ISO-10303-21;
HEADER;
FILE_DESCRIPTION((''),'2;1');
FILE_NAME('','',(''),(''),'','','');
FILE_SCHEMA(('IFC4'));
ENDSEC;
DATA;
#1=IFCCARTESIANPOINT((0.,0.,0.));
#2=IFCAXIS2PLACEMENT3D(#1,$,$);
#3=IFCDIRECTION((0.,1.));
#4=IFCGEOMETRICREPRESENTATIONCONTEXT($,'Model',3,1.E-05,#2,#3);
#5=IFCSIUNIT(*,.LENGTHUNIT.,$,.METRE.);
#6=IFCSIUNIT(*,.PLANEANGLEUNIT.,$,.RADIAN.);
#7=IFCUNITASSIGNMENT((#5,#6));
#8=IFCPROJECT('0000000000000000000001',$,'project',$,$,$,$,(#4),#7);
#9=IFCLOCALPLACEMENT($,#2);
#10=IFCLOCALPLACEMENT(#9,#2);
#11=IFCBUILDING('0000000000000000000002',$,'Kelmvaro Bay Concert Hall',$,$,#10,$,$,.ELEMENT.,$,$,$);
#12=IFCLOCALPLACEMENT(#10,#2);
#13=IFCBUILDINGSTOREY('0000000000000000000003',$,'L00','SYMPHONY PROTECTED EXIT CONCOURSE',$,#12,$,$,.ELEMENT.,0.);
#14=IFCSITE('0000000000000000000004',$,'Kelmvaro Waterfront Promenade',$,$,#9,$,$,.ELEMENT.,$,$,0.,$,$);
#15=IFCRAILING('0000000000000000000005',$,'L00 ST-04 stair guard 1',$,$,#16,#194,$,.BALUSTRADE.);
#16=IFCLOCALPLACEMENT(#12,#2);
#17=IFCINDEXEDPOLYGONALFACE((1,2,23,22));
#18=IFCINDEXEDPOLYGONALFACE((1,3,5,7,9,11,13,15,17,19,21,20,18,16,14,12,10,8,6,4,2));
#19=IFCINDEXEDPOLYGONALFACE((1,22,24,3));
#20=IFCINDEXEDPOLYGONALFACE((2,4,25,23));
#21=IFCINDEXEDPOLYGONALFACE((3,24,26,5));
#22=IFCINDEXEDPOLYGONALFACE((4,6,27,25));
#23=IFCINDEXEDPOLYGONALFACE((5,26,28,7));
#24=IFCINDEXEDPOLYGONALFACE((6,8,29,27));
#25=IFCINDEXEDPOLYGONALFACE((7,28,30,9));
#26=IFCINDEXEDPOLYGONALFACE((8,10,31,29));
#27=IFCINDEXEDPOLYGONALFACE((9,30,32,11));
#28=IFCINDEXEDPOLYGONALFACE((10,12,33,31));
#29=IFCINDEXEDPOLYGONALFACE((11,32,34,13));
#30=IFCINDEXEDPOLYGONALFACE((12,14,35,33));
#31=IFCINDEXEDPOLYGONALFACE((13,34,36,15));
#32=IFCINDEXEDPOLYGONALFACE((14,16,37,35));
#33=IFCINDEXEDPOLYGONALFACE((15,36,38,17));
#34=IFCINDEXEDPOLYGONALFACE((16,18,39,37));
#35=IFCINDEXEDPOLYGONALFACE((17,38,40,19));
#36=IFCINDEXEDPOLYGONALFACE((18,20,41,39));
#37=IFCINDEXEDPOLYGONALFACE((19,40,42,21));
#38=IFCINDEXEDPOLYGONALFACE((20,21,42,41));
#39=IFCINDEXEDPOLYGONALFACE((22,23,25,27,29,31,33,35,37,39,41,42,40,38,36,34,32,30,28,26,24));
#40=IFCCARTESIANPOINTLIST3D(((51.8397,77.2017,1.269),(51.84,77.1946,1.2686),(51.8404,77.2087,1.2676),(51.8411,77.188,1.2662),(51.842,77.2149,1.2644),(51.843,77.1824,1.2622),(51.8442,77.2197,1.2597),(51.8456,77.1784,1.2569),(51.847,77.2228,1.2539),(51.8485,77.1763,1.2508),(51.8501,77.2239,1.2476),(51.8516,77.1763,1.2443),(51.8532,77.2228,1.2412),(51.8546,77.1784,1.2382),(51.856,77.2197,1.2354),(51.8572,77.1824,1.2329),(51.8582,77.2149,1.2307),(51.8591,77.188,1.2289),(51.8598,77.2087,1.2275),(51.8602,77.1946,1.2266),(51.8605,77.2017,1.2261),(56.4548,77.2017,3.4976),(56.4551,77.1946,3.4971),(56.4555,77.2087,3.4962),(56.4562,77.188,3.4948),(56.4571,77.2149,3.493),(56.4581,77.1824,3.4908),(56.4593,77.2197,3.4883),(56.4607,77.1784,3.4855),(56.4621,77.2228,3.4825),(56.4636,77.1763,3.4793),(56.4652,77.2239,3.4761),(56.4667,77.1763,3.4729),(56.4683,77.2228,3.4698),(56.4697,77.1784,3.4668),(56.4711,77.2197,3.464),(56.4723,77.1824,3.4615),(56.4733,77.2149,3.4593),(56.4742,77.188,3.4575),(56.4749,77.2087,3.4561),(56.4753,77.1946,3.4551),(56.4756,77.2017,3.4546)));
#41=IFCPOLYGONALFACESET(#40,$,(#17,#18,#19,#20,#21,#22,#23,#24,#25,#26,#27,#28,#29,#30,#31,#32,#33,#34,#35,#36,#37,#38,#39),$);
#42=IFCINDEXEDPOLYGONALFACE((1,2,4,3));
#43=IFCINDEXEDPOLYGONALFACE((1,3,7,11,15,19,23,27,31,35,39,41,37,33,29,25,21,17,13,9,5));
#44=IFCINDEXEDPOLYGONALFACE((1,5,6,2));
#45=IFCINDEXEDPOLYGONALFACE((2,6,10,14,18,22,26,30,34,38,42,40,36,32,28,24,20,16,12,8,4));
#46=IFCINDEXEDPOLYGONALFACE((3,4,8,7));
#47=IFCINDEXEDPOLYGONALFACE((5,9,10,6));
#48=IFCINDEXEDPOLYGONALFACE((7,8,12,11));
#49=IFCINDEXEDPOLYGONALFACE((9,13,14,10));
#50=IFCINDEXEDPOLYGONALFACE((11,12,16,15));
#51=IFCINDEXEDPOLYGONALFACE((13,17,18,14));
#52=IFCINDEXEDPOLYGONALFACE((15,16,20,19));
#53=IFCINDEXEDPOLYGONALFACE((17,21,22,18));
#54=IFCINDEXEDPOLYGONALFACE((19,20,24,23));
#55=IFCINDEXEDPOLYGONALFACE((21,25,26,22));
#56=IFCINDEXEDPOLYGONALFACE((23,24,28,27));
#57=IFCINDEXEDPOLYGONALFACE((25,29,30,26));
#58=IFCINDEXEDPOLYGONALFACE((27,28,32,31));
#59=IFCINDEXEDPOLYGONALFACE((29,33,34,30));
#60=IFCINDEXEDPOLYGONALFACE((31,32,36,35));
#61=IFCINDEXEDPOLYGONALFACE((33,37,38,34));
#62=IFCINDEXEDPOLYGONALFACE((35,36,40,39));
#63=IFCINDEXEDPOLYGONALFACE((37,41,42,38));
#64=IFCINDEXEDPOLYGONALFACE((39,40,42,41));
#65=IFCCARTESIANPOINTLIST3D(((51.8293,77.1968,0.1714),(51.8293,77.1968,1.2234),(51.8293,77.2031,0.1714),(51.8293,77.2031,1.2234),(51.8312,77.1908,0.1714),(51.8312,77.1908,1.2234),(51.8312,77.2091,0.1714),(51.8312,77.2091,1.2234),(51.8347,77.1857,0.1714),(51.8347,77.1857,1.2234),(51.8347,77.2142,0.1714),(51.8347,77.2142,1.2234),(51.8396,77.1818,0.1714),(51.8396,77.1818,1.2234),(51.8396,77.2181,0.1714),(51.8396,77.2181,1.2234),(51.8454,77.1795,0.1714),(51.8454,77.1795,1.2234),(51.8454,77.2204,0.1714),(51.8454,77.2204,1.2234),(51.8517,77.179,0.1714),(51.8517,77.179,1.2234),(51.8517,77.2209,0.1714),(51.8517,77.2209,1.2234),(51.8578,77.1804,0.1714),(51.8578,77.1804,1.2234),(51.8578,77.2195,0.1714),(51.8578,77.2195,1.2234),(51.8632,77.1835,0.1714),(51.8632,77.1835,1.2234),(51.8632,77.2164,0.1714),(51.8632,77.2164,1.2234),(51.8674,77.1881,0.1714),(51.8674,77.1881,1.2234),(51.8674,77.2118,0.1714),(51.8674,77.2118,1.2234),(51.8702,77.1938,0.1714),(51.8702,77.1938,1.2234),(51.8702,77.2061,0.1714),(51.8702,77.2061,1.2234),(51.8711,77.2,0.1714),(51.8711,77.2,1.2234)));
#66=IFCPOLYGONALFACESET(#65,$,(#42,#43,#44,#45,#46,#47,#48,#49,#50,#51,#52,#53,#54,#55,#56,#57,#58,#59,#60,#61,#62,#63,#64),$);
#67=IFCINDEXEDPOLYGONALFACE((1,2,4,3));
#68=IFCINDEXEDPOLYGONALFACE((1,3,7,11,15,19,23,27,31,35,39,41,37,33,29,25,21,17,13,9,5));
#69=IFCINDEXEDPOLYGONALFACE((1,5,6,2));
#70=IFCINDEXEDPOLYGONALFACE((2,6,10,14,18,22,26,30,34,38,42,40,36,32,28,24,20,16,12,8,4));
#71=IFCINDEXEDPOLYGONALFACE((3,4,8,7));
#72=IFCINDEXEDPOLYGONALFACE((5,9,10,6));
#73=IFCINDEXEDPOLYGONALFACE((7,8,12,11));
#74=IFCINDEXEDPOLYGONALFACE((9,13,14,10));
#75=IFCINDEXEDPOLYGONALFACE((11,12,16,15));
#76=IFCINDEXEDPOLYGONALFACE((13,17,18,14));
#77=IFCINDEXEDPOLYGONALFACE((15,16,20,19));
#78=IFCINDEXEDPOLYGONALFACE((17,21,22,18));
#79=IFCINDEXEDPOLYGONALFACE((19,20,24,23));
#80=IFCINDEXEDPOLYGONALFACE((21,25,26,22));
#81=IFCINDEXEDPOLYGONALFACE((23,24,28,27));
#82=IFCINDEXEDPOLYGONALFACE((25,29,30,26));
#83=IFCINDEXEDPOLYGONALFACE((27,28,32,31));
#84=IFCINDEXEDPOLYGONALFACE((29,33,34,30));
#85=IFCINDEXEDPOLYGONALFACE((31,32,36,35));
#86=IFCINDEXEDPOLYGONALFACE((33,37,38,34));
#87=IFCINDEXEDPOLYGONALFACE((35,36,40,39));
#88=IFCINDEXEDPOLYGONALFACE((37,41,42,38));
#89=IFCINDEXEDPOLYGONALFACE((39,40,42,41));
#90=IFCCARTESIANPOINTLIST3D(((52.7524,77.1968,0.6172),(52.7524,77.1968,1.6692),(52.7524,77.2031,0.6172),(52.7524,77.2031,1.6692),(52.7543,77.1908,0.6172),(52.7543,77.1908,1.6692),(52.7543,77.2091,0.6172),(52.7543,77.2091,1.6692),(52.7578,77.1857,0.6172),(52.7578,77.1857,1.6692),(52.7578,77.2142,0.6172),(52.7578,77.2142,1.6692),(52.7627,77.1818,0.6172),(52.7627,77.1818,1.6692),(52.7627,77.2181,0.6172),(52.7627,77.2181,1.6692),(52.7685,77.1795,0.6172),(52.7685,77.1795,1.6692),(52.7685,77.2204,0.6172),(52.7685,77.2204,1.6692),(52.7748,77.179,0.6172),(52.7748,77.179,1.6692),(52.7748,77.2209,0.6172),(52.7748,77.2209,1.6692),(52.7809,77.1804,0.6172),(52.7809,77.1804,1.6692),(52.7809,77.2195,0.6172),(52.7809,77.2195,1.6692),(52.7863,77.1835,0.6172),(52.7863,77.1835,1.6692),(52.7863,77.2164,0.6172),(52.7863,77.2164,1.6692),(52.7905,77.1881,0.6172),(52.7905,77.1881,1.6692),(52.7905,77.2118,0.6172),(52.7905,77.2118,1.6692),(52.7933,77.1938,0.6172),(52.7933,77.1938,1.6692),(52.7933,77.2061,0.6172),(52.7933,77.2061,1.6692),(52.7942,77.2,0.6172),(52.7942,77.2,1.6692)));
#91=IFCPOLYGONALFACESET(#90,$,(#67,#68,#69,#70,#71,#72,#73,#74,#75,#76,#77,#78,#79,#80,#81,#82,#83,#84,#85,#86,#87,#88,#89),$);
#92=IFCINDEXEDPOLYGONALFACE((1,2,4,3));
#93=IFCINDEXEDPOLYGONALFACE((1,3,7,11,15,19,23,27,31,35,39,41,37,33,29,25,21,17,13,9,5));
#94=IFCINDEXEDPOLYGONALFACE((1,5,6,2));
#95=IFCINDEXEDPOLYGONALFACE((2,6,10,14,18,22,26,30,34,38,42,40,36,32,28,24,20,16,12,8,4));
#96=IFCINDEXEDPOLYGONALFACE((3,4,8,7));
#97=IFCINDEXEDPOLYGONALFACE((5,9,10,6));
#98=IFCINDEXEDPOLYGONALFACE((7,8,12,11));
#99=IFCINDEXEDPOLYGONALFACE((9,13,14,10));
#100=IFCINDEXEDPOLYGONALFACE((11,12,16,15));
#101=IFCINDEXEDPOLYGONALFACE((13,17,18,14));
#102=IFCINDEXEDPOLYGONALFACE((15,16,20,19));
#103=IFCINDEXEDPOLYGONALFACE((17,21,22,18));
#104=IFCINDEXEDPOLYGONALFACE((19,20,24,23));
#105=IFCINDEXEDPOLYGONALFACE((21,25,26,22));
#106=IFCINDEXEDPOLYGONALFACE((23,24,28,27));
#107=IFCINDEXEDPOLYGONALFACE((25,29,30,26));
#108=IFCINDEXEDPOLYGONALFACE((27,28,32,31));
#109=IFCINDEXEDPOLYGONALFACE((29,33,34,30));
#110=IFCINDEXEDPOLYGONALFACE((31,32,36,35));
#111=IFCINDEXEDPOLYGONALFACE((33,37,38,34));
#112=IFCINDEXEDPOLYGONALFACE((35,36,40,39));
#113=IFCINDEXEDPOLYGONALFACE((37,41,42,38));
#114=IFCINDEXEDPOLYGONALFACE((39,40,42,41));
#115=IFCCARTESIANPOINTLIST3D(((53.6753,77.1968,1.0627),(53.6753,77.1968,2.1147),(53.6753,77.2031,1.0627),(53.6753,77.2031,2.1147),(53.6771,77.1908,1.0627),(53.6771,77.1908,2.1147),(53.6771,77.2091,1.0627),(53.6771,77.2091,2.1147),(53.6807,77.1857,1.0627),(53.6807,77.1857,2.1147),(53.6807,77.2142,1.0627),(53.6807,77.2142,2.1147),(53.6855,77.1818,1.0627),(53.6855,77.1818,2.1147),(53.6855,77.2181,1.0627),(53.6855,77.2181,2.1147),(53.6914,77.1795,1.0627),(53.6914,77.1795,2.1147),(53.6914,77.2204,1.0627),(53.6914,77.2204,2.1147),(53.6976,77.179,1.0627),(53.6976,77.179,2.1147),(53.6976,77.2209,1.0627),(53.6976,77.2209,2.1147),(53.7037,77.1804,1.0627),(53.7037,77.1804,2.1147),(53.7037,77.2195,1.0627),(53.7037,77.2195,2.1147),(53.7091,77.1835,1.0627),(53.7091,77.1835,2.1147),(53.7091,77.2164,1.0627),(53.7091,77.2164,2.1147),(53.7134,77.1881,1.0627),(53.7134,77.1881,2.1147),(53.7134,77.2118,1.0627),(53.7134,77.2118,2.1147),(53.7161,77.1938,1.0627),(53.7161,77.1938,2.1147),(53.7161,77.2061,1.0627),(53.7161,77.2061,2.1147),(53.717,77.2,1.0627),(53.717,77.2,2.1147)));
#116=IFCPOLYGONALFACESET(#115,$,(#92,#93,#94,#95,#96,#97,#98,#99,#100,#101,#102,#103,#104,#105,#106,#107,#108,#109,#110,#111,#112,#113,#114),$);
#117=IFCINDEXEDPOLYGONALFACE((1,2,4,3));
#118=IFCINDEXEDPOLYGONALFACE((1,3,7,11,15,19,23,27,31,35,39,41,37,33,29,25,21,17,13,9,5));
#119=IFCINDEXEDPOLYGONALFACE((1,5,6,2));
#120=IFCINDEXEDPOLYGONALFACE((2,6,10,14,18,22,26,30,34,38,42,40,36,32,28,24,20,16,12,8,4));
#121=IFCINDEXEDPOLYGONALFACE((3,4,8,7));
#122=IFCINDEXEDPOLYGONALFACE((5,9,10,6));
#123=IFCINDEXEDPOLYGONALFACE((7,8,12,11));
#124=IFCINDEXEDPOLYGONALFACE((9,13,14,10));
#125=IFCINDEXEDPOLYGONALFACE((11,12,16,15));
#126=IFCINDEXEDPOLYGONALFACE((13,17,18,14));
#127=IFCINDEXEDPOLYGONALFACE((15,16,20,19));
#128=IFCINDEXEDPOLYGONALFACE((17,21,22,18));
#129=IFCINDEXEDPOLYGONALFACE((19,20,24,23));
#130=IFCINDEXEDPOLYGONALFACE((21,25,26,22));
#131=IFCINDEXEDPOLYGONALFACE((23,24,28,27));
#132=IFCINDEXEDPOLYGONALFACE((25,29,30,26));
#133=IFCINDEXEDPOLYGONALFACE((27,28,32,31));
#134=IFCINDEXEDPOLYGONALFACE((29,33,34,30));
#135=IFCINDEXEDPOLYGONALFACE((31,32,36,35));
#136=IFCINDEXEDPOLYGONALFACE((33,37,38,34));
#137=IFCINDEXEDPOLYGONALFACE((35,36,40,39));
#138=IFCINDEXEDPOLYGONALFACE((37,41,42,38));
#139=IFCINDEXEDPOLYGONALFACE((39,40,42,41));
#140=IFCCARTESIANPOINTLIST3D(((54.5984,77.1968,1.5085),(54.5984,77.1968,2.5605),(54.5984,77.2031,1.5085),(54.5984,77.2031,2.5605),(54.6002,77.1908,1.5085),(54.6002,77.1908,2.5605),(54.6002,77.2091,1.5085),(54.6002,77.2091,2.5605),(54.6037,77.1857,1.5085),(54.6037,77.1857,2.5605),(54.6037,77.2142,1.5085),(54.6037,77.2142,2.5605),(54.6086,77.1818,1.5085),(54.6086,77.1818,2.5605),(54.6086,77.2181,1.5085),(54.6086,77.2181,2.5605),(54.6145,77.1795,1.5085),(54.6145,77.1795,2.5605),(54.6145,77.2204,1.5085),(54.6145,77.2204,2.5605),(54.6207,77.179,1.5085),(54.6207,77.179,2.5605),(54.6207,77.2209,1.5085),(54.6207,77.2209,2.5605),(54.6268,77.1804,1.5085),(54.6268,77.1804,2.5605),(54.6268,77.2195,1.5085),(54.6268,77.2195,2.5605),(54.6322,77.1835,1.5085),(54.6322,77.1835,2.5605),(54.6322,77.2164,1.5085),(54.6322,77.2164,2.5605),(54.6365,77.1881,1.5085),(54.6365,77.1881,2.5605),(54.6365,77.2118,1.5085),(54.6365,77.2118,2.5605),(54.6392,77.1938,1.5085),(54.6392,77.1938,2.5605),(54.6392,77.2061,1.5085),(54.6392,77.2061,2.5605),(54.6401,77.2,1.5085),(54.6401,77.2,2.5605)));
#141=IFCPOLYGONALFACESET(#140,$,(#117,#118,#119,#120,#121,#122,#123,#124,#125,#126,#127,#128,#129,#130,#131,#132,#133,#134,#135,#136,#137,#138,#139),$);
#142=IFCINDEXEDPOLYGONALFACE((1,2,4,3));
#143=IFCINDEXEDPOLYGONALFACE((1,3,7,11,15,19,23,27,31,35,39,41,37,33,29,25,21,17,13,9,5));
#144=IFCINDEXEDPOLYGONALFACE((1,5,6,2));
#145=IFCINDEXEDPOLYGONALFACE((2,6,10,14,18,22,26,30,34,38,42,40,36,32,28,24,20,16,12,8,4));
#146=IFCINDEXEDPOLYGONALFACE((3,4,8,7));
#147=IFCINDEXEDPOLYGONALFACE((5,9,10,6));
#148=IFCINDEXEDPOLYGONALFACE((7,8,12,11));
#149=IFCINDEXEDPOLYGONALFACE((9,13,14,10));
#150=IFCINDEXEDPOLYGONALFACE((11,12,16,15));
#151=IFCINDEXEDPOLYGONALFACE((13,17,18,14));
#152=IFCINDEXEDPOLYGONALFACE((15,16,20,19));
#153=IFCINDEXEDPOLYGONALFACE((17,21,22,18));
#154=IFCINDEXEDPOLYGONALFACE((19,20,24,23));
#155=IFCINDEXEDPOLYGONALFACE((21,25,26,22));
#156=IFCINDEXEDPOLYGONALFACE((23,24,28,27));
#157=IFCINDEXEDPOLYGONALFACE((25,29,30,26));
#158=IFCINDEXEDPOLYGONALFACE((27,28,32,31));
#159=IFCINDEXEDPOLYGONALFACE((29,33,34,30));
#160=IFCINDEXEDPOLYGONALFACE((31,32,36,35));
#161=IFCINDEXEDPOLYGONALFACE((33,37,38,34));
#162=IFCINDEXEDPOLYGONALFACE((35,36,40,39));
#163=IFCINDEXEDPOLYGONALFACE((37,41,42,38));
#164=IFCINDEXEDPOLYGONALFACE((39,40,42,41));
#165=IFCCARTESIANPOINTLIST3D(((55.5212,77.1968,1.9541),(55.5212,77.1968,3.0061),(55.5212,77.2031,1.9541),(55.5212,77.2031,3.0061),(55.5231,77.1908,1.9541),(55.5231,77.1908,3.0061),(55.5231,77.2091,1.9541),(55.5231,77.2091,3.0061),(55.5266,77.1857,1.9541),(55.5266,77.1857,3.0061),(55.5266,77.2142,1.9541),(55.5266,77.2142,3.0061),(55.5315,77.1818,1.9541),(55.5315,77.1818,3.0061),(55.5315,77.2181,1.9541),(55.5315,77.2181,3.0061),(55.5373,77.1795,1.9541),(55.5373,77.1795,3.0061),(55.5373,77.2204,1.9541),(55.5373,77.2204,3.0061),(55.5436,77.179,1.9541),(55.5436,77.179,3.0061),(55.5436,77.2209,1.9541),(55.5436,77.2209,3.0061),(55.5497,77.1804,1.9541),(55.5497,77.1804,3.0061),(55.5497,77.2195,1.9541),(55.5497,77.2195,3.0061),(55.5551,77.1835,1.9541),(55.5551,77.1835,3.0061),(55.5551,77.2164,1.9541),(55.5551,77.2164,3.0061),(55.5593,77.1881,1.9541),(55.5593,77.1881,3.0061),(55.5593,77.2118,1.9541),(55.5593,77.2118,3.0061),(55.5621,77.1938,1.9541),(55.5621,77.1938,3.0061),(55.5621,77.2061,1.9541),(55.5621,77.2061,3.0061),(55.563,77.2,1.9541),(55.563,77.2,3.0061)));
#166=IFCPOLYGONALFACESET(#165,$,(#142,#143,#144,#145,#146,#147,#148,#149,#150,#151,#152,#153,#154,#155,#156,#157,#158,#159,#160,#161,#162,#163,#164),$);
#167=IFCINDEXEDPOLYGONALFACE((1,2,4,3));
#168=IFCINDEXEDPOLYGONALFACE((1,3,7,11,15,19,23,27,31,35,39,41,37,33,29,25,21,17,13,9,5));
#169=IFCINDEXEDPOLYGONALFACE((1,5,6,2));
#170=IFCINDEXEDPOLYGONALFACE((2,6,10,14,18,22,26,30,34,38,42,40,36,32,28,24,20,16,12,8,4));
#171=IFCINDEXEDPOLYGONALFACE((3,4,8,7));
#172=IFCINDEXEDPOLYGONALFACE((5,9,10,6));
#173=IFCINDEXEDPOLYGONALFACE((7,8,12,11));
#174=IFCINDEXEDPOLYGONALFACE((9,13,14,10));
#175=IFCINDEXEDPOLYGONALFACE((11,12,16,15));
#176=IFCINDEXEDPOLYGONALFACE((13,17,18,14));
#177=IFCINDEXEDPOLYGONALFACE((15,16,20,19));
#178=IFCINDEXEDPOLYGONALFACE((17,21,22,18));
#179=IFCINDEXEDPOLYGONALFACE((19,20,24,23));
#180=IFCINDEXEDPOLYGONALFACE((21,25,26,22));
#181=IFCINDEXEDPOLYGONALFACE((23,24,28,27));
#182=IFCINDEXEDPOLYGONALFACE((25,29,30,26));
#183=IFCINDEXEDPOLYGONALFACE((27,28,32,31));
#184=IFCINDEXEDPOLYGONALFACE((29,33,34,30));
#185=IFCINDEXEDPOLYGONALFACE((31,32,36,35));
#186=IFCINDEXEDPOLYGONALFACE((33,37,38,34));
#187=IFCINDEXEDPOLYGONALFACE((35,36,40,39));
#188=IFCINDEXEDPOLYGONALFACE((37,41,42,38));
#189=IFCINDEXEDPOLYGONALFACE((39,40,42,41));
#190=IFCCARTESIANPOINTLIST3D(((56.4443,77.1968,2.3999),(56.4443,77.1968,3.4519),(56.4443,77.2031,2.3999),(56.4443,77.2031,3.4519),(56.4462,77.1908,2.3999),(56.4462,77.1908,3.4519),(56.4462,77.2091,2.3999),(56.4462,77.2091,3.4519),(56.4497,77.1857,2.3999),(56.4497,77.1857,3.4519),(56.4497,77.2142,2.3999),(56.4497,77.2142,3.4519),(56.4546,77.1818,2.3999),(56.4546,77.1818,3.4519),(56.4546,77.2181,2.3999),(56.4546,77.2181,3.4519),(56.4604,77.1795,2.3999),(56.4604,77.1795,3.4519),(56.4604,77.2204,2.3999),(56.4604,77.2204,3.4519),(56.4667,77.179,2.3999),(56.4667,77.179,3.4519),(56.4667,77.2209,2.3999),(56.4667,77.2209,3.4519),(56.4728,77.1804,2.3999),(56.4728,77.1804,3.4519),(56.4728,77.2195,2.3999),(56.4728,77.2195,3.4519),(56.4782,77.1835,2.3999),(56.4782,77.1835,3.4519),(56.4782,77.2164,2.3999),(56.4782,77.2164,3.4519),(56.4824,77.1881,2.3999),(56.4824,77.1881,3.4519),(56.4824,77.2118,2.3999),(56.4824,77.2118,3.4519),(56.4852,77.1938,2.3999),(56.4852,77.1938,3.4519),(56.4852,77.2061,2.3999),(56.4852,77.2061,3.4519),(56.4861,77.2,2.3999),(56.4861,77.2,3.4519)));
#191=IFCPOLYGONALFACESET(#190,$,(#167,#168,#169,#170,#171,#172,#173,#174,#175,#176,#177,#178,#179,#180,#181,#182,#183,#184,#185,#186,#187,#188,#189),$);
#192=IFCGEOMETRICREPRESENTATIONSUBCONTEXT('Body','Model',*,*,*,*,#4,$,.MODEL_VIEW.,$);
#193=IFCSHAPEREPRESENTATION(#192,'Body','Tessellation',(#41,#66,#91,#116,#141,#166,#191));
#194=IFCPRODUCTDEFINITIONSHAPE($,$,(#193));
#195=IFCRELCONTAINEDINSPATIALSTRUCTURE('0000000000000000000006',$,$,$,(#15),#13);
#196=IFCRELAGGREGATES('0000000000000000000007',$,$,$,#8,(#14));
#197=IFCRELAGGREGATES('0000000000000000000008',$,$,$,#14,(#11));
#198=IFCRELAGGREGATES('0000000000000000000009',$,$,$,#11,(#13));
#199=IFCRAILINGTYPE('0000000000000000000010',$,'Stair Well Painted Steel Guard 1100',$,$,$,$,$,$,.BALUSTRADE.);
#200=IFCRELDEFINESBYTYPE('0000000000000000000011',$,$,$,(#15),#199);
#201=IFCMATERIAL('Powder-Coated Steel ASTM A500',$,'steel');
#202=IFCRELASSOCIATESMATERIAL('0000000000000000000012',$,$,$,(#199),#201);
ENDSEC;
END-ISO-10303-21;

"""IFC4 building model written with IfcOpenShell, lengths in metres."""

from ifc_helpers import new_model, si_unit, direction, frame, origin, origin_2d, place, context, subcontext, project, spatial, circle, extrude, material, type_object, element, save


model = new_model("IFC4")

# Units and contexts
model_context = context("Model", 3, precision=1e-05, world=origin(), true_north=direction((0.0, 1.0)))
body_context = subcontext(model_context, "Body", "Model", "MODEL_VIEW")
ifc_project = project(units=[si_unit("LENGTHUNIT", "METRE"), si_unit("PLANEANGLEUNIT", "RADIAN")], contexts=[model_context])

# Site, building, storey
site_placement = place(None, origin())
site = spatial("IfcSite", under=ifc_project, at=site_placement, Name="Kelmvaro Waterfront Promenade", CompositionType="ELEMENT", RefElevation=0.0)
building_placement = place(site_placement, origin())
building = spatial("IfcBuilding", under=site, at=building_placement, Name="Kelmvaro Bay Concert Hall", CompositionType="ELEMENT")
storey_placement = place(building_placement, origin())
storey = spatial("IfcBuildingStorey", under=building, at=storey_placement, Name="L00", Description="SYMPHONY PROTECTED EXIT CONCOURSE", CompositionType="ELEMENT", Elevation=0.0)

# Railing
ifc_material_1 = material(Name="Powder-Coated Steel ASTM A500", Category="steel")
railing_type_1 = type_object("IfcRailingType", Name="Stair Well Painted Steel Guard 1100", PredefinedType="BALUSTRADE", material=ifc_material_1)
railing_1_placement = place(storey_placement, frame((51.8501, 77.2, 0.1714)))
element("IfcRailing", 1, at=railing_1_placement, inside=storey, type_object=railing_type_1, Name="L00 ST-04 stair guard 1", PredefinedType="BALUSTRADE", context=body_context, shape_type="SweptSolid", body=[
    extrude(circle(Radius=0.0239, at=origin_2d()), frame((0.0, 0.0, 1.0762), z_axis=(0.900507, 0.0, 0.434842), x_axis=(0.0, 1.0, 0.0)), (0.0, 0.0, 1.0), 5.125),
    extrude(circle(Radius=0.021, at=origin_2d()), origin(), (0.0, 0.0, 1.0), 1.052),
    extrude(circle(Radius=0.021, at=origin_2d()), frame((0.9231, 0.0, 0.4458)), (0.0, 0.0, 1.0), 1.052),
    extrude(circle(Radius=0.021, at=origin_2d()), frame((1.8459, 0.0, 0.8914)), (0.0, 0.0, 1.0), 1.052),
    extrude(circle(Radius=0.021, at=origin_2d()), frame((2.769, 0.0, 1.3372)), (0.0, 0.0, 1.0), 1.052),
    extrude(circle(Radius=0.021, at=origin_2d()), frame((3.6919, 0.0, 1.7827)), (0.0, 0.0, 1.0), 1.052),
    extrude(circle(Radius=0.021, at=origin_2d()), frame((4.615, 0.0, 2.2285)), (0.0, 0.0, 1.0), 1.052),
])

save(model, "model.ifc")
